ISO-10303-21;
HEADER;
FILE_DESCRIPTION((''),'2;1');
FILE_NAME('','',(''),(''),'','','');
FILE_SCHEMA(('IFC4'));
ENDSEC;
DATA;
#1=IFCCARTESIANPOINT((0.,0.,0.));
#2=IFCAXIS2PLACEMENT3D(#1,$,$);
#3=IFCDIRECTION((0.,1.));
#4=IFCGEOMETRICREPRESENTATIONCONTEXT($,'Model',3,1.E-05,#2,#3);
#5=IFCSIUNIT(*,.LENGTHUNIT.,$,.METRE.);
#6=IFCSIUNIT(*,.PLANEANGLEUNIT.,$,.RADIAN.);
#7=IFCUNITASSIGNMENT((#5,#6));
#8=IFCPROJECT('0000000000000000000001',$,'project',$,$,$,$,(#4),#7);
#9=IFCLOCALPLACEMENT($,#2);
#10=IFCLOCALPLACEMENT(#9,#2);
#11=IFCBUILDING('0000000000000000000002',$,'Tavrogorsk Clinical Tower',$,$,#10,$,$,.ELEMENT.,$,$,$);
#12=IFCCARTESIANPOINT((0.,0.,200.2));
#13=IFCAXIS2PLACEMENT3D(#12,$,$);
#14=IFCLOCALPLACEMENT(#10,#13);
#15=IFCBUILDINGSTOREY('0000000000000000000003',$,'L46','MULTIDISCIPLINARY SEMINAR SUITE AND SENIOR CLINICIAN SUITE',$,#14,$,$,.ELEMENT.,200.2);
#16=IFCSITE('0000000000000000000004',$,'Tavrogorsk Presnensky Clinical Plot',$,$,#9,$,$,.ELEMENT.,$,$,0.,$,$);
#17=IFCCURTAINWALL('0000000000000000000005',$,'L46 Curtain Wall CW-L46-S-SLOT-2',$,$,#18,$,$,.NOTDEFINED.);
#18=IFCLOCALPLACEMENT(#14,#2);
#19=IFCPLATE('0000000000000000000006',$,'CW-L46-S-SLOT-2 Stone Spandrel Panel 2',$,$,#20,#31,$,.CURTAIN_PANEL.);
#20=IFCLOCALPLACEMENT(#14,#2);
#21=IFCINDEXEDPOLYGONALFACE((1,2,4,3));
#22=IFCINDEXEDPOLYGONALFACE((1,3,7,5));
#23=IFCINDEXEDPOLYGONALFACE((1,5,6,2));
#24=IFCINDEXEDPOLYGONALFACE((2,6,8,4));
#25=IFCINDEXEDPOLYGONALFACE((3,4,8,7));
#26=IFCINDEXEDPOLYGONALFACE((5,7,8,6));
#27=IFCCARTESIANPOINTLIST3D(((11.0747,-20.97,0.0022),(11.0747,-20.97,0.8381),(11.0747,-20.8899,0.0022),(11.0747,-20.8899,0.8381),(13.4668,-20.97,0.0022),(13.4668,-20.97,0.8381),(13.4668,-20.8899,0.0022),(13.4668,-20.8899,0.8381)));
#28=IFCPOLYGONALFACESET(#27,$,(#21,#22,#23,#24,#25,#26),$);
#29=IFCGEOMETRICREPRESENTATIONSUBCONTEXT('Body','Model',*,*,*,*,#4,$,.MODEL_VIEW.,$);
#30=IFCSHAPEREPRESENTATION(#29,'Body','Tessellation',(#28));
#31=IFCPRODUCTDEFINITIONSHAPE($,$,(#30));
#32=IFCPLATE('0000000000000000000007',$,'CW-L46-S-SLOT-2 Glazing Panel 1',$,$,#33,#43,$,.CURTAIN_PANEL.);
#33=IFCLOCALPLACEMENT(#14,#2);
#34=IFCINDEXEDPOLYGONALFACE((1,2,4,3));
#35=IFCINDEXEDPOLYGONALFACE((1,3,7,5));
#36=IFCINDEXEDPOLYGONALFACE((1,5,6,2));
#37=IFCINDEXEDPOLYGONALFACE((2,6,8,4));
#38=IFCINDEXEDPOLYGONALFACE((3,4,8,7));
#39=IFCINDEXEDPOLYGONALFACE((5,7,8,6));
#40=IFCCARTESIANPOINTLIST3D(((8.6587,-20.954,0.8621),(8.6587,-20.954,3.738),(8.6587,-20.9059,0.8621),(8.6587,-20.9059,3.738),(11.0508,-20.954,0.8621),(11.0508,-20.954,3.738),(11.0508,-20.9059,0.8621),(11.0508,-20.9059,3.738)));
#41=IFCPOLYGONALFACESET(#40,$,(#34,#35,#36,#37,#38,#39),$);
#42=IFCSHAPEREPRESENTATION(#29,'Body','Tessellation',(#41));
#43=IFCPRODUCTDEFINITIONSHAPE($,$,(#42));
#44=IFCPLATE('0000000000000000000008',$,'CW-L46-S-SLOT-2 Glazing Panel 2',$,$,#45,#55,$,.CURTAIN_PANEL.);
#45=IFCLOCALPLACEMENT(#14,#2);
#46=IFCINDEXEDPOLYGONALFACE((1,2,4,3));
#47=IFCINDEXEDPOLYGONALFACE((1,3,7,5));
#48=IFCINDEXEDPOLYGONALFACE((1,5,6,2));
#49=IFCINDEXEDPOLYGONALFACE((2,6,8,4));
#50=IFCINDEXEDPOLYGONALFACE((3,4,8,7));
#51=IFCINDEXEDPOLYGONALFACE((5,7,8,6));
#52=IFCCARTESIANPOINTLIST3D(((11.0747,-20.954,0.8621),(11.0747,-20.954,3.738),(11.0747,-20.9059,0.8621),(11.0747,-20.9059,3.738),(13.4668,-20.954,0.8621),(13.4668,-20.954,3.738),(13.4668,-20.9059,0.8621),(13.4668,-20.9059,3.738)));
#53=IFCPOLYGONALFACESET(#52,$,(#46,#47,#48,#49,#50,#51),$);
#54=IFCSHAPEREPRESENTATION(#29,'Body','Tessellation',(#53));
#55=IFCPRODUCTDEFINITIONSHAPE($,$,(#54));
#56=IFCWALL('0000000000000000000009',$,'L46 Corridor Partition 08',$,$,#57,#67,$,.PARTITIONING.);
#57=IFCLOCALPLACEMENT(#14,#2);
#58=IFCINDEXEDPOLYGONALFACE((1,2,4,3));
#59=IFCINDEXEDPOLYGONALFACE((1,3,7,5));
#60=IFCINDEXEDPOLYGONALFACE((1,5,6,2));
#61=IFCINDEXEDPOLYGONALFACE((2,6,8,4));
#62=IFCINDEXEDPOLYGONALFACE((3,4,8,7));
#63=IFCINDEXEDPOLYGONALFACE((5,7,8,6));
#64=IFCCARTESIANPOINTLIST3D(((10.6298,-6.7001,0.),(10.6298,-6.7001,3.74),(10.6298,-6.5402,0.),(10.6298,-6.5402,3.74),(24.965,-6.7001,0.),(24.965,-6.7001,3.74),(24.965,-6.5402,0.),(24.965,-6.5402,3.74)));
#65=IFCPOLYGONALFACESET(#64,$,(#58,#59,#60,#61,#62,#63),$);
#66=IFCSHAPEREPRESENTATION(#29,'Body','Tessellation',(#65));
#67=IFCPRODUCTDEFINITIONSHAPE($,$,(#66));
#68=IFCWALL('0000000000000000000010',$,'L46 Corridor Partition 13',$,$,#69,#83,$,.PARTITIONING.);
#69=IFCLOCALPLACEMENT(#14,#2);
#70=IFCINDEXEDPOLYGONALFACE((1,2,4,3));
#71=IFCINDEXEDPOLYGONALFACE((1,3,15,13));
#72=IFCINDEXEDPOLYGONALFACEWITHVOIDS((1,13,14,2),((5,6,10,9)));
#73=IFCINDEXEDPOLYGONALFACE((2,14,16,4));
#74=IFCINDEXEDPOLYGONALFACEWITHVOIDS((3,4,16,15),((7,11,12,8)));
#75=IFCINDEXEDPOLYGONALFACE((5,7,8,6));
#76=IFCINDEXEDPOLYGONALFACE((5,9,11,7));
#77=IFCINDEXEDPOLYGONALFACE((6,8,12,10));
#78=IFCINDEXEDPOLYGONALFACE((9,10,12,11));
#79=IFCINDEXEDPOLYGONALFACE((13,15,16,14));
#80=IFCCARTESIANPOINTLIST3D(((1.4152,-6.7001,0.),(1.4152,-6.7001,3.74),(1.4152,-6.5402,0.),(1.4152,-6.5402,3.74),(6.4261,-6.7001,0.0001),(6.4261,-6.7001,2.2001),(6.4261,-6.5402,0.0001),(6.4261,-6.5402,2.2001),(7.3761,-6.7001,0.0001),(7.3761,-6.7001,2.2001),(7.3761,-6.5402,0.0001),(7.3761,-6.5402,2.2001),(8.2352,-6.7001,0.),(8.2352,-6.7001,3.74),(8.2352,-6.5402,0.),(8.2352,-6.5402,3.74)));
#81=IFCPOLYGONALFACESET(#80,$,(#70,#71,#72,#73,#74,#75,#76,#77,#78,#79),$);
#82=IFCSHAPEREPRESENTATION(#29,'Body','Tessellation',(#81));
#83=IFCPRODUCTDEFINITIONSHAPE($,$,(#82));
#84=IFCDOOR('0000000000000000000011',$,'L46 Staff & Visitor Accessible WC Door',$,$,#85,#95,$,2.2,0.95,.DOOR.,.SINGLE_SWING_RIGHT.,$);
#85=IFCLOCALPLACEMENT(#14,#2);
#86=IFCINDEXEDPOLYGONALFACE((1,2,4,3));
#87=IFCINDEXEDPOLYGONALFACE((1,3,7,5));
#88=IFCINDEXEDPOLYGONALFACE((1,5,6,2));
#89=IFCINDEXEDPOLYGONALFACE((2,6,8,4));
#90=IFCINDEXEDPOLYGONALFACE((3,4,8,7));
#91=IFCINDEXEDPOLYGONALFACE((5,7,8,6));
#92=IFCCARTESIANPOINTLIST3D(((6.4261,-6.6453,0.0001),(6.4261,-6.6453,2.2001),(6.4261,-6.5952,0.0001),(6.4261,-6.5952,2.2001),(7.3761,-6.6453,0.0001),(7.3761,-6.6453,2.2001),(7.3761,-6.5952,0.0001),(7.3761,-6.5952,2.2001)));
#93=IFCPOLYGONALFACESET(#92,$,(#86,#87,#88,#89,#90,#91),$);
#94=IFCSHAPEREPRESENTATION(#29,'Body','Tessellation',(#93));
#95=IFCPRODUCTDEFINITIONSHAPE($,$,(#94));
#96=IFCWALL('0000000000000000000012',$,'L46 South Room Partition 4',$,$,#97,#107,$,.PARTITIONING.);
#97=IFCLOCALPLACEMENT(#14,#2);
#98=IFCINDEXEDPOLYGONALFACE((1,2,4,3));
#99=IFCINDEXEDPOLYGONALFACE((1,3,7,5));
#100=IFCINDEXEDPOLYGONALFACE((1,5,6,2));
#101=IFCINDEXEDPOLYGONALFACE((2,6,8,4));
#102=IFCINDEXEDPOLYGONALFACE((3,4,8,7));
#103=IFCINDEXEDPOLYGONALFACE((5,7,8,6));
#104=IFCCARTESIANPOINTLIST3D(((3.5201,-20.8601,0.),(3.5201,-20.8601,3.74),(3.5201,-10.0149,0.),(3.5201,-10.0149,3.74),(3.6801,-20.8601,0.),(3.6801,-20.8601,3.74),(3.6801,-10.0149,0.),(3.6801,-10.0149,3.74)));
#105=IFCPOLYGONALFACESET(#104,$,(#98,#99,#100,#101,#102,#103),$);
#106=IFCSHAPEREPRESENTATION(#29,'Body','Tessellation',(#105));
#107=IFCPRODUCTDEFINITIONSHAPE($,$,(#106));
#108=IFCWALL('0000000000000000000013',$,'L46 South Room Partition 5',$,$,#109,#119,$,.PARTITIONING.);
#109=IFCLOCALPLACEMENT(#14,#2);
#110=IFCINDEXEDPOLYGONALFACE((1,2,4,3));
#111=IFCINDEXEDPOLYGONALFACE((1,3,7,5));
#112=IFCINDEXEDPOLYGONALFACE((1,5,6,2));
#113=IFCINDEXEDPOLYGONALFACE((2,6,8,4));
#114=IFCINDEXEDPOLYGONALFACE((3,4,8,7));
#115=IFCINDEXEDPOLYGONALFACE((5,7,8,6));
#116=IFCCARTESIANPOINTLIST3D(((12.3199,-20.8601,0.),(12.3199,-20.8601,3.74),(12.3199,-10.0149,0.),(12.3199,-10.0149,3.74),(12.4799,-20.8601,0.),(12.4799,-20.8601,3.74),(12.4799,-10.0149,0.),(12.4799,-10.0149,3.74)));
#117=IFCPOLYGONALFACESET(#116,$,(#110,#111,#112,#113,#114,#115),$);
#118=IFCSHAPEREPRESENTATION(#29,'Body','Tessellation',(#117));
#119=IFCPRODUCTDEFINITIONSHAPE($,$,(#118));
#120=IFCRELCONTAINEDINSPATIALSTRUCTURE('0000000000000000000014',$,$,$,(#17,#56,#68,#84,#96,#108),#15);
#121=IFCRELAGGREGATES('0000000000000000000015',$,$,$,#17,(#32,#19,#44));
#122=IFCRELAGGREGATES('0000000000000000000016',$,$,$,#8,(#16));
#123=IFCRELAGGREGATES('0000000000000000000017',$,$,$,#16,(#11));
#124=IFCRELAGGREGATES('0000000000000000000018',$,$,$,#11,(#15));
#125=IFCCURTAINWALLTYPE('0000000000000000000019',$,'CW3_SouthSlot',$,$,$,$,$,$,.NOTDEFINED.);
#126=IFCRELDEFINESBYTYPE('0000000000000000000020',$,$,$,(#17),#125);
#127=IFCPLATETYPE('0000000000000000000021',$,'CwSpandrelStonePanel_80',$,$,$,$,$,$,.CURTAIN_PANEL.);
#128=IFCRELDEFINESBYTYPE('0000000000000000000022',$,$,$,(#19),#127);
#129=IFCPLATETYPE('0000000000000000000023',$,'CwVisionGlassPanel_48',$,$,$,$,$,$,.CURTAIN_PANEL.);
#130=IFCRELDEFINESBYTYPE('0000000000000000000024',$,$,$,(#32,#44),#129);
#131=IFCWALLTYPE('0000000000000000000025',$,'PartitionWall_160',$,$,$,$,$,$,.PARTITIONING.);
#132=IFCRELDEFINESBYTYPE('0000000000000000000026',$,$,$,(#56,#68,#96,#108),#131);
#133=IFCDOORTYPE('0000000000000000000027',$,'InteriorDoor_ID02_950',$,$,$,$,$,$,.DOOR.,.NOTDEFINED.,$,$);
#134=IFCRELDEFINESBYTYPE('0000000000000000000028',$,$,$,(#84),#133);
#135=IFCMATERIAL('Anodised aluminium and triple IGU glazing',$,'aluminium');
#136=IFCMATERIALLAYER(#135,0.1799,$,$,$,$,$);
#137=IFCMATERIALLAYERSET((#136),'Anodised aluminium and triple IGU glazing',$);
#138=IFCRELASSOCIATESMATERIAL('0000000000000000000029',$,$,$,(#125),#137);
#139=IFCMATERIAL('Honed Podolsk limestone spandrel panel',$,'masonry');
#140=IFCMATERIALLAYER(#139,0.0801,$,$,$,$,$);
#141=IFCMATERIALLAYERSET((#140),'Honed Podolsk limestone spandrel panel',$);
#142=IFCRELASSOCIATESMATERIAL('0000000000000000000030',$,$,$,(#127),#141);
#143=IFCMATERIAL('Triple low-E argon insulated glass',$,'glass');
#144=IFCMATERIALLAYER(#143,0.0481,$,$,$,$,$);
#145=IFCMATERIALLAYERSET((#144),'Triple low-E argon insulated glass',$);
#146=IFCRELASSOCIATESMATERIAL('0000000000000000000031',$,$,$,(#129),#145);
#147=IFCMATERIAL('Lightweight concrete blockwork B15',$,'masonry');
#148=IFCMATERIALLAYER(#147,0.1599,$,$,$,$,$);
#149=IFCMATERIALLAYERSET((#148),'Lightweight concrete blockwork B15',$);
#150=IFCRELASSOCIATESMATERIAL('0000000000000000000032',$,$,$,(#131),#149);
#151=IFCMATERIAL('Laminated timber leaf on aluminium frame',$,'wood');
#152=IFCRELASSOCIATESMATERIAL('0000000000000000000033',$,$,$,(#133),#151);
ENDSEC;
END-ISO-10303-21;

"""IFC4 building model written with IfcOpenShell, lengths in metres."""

from ifc_helpers import new_model, si_unit, direction, frame, frame_2d, origin, origin_2d, place, context, subcontext, project, spatial, rectangle, extrude, material, layer, layer_set, type_object, element, fill, aggregate, save


model = new_model("IFC4")

# Units and contexts
model_context = context("Model", 3, precision=1e-05, world=origin(), true_north=direction((0.0, 1.0)))
body_context = subcontext(model_context, "Body", "Model", "MODEL_VIEW")
ifc_project = project(units=[si_unit("LENGTHUNIT", "METRE"), si_unit("PLANEANGLEUNIT", "RADIAN")], contexts=[model_context])

# Site, building, storey
site_placement = place(None, origin())
site = spatial("IfcSite", under=ifc_project, at=site_placement, Name="Tavrogorsk Presnensky Clinical Plot", CompositionType="ELEMENT", RefElevation=0.0)
building_placement = place(site_placement, origin())
building = spatial("IfcBuilding", under=site, at=building_placement, Name="Tavrogorsk Clinical Tower", CompositionType="ELEMENT")
storey_placement = place(building_placement, frame((0.0, 0.0, 200.2)))
storey = spatial("IfcBuildingStorey", under=building, at=storey_placement, Name="L46", Description="MULTIDISCIPLINARY SEMINAR SUITE AND SENIOR CLINICIAN SUITE", CompositionType="ELEMENT", Elevation=200.2)

# Curtain wall
ifc_material_1 = material(Name="Anodised aluminium and triple IGU glazing", Category="aluminium")
ifc_layer_1 = layer(ifc_material_1, 0.1799)
ifc_layer_set_1 = layer_set([ifc_layer_1], Name="Anodised aluminium and triple IGU glazing")
curtain_wall_type = type_object("IfcCurtainWallType", Name="CW3_SouthSlot", PredefinedType="NOTDEFINED", material=ifc_layer_set_1)
curtain_wall_placement = place(storey_placement, origin())
curtain_wall = element("IfcCurtainWall", 1, at=curtain_wall_placement, inside=storey, type_object=curtain_wall_type, Name="L46 Curtain Wall CW-L46-S-SLOT-2", PredefinedType="NOTDEFINED")

# Plates
ifc_material_2 = material(Name="Honed Podolsk limestone spandrel panel", Category="masonry")
ifc_layer_2 = layer(ifc_material_2, 0.0801)
ifc_layer_set_2 = layer_set([ifc_layer_2], Name="Honed Podolsk limestone spandrel panel")
plate_type_1 = type_object("IfcPlateType", Name="CwSpandrelStonePanel_80", PredefinedType="CURTAIN_PANEL", material=ifc_layer_set_2)
plate_1_placement = place(storey_placement, frame((12.2708, -20.9299, 0.0022), z_axis=(0.0, 0.0, 1.0), x_axis=(1.0, 0.0, 0.0)))
plate_1 = element("IfcPlate", 2, at=plate_1_placement, type_object=plate_type_1, Name="CW-L46-S-SLOT-2 Stone Spandrel Panel 2", PredefinedType="CURTAIN_PANEL", context=body_context, shape_type="SweptSolid", body=[
    extrude(rectangle(XDim=2.3921, YDim=0.0801, at=origin_2d()), origin(), (0.0, 0.0, 1.0), 0.8359),
])
ifc_material_3 = material(Name="Triple low-E argon insulated glass", Category="glass")
ifc_layer_3 = layer(ifc_material_3, 0.0481)
ifc_layer_set_3 = layer_set([ifc_layer_3], Name="Triple low-E argon insulated glass")
plate_type_2 = type_object("IfcPlateType", Name="CwVisionGlassPanel_48", PredefinedType="CURTAIN_PANEL", material=ifc_layer_set_3)
plate_2_placement = place(storey_placement, frame((9.8547, -20.9299, 0.8621), z_axis=(0.0, 0.0, 1.0), x_axis=(1.0, 0.0, 0.0)))
plate_2 = element("IfcPlate", 3, at=plate_2_placement, type_object=plate_type_2, Name="CW-L46-S-SLOT-2 Glazing Panel 1", PredefinedType="CURTAIN_PANEL", context=body_context, shape_type="SweptSolid", body=[
    extrude(rectangle(XDim=2.3921, YDim=0.0481, at=origin_2d()), origin(), (0.0, 0.0, 1.0), 2.876),
])
plate_3_placement = place(storey_placement, frame((12.2708, -20.9299, 0.8621), z_axis=(0.0, 0.0, 1.0), x_axis=(1.0, 0.0, 0.0)))
plate_3 = element("IfcPlate", 4, at=plate_3_placement, type_object=plate_type_2, Name="CW-L46-S-SLOT-2 Glazing Panel 2", PredefinedType="CURTAIN_PANEL", context=body_context, shape_type="SweptSolid", body=[
    extrude(rectangle(XDim=2.3921, YDim=0.0481, at=origin_2d()), origin(), (0.0, 0.0, 1.0), 2.876),
])
aggregate(curtain_wall, [plate_2, plate_1, plate_3])

# Wall
ifc_material_4 = material(Name="Lightweight concrete blockwork B15", Category="masonry")
ifc_layer_4 = layer(ifc_material_4, 0.1599)
ifc_layer_set_4 = layer_set([ifc_layer_4], Name="Lightweight concrete blockwork B15")
wall_type_1 = type_object("IfcWallType", Name="PartitionWall_160", PredefinedType="PARTITIONING", material=ifc_layer_set_4)
wall_1_placement = place(storey_placement, frame((10.6299, -6.6201, 0.0), z_axis=(0.0, 0.0, 1.0), x_axis=(1.0, 0.0, 0.0)))
element("IfcWall", 5, at=wall_1_placement, inside=storey, type_object=wall_type_1, Name="L46 Corridor Partition 08", PredefinedType="PARTITIONING", context=body_context, shape_type="SweptSolid", body=[
    extrude(rectangle(XDim=14.3352, YDim=0.1599, at=frame_2d((7.1675, 0.0))), origin(), (0.0, 0.0, 1.0), 3.74),
])

# Wall, opening, door
wall_2_placement = place(storey_placement, frame((1.415, -6.6201, 0.0), z_axis=(0.0, 0.0, 1.0), x_axis=(1.0, 0.0, 0.0)))
wall_2 = element("IfcWall", 6, at=wall_2_placement, inside=storey, type_object=wall_type_1, Name="L46 Corridor Partition 13", PredefinedType="PARTITIONING", context=body_context, shape_type="SweptSolid", body=[
    extrude(rectangle(XDim=6.8201, YDim=0.1599, at=frame_2d((3.4102, 0.0))), origin(), (0.0, 0.0, 1.0), 3.74),
])
opening_1_placement = place(wall_2_placement, frame((5.011, 0.0, 0.0)))
opening_1 = element("IfcOpeningElement", 7, at=opening_1_placement, cuts=wall_2, PredefinedType="OPENING", context=body_context, shape_type="SweptSolid", body=[
    extrude(rectangle(XDim=0.95, YDim=2.2, at=frame_2d((0.4751, 1.1001))), frame((0.0, 0.0898, 0.0), z_axis=(0.0, -1.0, 0.0), x_axis=(1.0, 0.0, 0.0)), (0.0, 0.0, 1.0), 0.1799),
])
ifc_material_5 = material(Name="Laminated timber leaf on aluminium frame", Category="wood")
door_type = type_object("IfcDoorType", Name="InteriorDoor_ID02_950", OperationType="NOTDEFINED", PredefinedType="DOOR", material=ifc_material_5)
door_placement = place(opening_1_placement, origin())
door = element("IfcDoor", 8, at=door_placement, inside=storey, type_object=door_type, Name="L46 Staff & Visitor Accessible WC Door", OperationType="SINGLE_SWING_RIGHT", OverallHeight=2.2, OverallWidth=0.95, PredefinedType="DOOR", context=body_context, shape_type="SweptSolid", body=[
    extrude(rectangle(XDim=0.95, YDim=2.2, at=frame_2d((0.4751, 1.1001))), frame((0.0, 0.0249, 0.0), z_axis=(0.0, -1.0, 0.0), x_axis=(1.0, 0.0, 0.0)), (0.0, 0.0, 1.0), 0.05),
])
fill(opening_1, door)

# Walls
for number, where, z_axis, x_axis, name in (
    (9, (3.6001, -20.8601, 0.0), (0.0, 0.0, 1.0), (0.0, 1.0, 0.0), "L46 South Room Partition 4"),
    (10, (12.3999, -20.8601, 0.0), (0.0, 0.0, 1.0), (0.0, 1.0, 0.0), "L46 South Room Partition 5"),
):
    element("IfcWall", number, at=place(storey_placement, frame(where, z_axis=z_axis, x_axis=x_axis)), inside=storey, type_object=wall_type_1, Name=name, PredefinedType="PARTITIONING", context=body_context, shape_type="SweptSolid", body=[
        extrude(rectangle(XDim=10.8452, YDim=0.1599, at=frame_2d((5.4226, 0.0))), origin(), (0.0, 0.0, 1.0), 3.74),
    ])

save(model, "model.ifc")
